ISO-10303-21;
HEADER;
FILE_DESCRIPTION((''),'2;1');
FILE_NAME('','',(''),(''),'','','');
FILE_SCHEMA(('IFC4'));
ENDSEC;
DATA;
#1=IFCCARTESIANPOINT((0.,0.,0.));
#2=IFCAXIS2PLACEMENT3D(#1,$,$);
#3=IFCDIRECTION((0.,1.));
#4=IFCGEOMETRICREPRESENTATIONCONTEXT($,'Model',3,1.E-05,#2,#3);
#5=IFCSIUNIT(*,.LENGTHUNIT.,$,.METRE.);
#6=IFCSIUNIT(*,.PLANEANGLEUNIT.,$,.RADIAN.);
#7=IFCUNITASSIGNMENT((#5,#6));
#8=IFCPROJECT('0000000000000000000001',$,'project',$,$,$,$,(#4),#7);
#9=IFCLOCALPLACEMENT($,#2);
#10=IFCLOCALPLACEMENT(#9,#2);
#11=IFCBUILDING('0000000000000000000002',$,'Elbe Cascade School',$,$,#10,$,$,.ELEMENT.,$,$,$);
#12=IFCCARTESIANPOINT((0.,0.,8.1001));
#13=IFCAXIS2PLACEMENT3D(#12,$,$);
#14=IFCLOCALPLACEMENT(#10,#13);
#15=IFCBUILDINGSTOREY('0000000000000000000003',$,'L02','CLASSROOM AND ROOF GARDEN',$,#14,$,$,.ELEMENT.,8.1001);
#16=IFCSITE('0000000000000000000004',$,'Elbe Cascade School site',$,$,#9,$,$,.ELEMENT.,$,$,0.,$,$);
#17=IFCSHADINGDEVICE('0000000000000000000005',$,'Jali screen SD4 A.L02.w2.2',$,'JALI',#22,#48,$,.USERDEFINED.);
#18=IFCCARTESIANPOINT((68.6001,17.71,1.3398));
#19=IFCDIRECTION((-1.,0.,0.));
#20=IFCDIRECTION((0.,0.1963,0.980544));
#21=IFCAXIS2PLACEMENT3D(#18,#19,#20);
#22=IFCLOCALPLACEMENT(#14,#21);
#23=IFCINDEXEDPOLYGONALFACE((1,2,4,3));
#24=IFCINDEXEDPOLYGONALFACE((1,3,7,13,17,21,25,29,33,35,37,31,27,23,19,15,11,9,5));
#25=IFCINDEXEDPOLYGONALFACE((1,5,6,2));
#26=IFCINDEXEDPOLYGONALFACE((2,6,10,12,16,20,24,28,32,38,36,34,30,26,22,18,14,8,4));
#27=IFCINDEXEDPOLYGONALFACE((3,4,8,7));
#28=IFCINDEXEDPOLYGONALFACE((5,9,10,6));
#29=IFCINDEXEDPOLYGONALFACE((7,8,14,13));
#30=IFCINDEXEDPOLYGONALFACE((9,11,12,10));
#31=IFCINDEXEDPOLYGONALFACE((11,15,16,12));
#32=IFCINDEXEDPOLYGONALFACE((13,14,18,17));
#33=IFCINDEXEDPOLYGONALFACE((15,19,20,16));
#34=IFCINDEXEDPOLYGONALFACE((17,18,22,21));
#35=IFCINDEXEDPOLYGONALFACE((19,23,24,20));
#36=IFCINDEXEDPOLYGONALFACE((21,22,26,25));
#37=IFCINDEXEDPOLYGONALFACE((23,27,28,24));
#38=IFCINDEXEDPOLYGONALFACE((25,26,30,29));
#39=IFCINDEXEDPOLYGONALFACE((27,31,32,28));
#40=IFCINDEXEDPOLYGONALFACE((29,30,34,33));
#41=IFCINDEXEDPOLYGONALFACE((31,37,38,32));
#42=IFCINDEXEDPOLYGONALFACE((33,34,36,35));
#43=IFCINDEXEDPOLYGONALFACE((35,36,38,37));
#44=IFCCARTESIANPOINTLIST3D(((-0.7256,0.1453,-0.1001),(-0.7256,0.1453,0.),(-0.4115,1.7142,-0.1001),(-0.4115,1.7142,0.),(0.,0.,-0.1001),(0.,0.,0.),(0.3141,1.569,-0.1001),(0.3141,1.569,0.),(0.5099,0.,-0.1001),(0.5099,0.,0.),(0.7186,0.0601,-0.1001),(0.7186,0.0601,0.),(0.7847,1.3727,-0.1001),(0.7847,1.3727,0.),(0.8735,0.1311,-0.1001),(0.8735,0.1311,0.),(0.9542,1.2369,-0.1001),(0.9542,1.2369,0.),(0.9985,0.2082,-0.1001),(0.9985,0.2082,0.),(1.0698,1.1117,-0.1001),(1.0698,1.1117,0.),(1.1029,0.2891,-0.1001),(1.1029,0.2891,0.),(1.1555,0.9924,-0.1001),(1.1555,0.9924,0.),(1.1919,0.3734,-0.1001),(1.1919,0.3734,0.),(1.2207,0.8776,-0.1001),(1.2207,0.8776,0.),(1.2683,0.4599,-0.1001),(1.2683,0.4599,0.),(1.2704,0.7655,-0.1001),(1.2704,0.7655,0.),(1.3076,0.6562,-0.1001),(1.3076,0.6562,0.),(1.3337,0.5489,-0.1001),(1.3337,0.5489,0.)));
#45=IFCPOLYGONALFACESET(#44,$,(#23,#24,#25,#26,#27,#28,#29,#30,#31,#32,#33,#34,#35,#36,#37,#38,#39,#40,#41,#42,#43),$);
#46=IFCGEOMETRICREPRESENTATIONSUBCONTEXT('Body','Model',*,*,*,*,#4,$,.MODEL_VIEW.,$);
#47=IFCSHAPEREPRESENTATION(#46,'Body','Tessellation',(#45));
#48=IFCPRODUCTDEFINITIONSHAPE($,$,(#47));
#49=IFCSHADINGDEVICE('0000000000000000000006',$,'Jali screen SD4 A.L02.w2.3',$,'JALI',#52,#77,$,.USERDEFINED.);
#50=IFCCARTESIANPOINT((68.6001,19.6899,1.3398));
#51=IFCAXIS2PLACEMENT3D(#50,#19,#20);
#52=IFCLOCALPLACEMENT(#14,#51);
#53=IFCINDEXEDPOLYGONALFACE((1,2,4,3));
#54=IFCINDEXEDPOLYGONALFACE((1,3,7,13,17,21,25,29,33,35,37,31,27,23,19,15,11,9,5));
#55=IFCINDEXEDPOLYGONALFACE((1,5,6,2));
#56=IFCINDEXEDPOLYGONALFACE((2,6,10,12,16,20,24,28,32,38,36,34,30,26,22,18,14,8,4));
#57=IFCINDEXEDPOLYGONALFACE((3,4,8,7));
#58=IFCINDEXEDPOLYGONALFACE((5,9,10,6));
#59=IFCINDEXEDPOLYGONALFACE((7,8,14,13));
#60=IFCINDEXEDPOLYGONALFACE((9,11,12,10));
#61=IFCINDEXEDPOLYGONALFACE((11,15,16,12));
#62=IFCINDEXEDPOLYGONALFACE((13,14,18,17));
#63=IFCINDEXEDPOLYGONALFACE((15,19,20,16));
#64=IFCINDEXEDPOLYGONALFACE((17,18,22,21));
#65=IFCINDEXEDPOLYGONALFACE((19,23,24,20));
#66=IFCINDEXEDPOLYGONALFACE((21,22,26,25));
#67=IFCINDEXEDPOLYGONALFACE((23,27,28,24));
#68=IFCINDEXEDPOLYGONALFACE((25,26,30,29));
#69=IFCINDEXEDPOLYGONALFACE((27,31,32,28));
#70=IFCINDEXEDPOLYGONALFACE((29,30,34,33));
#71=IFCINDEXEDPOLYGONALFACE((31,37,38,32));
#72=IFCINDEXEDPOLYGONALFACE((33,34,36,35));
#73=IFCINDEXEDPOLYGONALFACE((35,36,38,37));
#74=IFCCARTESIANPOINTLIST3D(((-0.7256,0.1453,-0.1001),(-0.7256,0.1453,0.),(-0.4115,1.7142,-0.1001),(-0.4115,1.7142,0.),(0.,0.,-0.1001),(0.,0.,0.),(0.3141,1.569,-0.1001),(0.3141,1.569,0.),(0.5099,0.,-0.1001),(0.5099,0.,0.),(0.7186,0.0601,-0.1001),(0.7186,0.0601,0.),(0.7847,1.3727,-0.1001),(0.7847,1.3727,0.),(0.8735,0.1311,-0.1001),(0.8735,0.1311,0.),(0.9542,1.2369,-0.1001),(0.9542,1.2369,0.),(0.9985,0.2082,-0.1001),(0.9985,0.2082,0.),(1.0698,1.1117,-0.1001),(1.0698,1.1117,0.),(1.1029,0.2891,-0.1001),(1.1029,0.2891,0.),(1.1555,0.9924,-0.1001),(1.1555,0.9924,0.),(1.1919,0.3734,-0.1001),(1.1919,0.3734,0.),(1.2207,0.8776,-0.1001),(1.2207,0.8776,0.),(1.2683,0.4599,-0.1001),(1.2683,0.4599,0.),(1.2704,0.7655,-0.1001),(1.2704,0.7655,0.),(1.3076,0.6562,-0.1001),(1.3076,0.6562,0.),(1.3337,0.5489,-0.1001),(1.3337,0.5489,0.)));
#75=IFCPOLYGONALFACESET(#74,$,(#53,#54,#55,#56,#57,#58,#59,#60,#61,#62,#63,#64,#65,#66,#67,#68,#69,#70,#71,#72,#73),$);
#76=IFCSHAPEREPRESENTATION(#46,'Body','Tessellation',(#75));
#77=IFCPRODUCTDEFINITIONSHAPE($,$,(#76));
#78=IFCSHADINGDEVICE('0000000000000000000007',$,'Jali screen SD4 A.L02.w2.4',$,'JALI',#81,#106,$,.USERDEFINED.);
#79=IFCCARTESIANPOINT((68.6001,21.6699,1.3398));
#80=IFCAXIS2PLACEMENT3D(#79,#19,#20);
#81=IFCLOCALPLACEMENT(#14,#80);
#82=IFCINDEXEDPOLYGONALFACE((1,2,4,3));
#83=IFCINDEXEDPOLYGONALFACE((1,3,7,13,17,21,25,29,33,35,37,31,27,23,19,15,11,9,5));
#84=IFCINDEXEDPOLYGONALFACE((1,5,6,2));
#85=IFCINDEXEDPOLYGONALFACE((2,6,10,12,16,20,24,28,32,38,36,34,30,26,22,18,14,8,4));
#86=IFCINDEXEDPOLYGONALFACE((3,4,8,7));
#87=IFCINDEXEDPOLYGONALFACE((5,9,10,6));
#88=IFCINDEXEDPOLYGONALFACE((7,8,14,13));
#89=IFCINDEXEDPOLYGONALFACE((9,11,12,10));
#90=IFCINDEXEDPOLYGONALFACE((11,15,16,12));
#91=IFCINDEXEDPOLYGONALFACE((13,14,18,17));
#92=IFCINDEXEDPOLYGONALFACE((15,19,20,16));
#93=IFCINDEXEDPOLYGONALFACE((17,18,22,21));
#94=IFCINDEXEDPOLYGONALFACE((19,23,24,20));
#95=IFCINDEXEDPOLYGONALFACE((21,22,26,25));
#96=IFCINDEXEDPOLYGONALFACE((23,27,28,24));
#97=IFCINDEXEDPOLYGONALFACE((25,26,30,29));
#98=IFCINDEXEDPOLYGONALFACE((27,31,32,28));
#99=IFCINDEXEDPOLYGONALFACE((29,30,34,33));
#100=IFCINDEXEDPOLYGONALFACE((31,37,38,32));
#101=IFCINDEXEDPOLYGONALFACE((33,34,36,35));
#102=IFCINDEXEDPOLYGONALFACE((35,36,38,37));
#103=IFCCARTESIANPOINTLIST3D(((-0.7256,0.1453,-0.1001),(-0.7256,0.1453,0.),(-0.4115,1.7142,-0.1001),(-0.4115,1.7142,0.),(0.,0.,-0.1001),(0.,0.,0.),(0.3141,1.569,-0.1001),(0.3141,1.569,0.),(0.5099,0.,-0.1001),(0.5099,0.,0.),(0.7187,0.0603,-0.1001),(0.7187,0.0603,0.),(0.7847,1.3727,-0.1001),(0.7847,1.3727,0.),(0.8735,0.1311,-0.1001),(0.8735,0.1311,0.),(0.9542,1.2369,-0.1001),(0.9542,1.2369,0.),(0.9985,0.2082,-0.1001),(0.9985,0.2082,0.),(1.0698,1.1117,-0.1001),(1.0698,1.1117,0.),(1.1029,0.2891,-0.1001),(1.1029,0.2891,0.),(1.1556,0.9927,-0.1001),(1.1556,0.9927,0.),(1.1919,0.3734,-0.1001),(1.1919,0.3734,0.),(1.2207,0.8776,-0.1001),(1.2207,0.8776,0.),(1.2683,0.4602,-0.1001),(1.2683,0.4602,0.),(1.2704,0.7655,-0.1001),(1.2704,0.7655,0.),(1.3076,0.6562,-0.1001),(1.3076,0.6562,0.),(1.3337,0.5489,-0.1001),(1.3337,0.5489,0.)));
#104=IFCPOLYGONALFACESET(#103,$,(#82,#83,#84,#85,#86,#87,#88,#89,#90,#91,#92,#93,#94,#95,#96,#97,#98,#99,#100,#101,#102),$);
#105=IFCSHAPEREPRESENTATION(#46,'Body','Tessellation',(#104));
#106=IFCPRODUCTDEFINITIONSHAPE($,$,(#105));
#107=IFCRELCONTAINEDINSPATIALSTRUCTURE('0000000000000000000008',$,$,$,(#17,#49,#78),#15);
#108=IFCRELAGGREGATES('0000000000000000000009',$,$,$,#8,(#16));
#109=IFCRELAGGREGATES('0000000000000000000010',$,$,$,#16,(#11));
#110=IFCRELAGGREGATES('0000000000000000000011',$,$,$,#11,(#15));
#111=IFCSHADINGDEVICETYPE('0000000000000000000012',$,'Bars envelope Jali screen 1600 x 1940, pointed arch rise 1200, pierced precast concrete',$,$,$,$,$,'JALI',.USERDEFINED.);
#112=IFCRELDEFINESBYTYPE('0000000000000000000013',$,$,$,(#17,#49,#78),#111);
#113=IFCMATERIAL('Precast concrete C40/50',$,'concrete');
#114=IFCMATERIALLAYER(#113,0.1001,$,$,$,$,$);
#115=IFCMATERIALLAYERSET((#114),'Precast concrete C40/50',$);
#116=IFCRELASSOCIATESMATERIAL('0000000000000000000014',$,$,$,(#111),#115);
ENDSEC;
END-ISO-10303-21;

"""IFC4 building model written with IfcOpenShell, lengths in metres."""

from ifc_helpers import new_model, si_unit, direction, frame, origin, place, context, subcontext, project, spatial, polyline, outline, extrude, material, layer, layer_set, type_object, element, save


model = new_model("IFC4")

# Units and contexts
model_context = context("Model", 3, precision=1e-05, world=origin(), true_north=direction((0.0, 1.0)))
body_context = subcontext(model_context, "Body", "Model", "MODEL_VIEW")
ifc_project = project(units=[si_unit("LENGTHUNIT", "METRE"), si_unit("PLANEANGLEUNIT", "RADIAN")], contexts=[model_context])

# Site, building, storey
site_placement = place(None, origin())
site = spatial("IfcSite", under=ifc_project, at=site_placement, Name="Elbe Cascade School site", CompositionType="ELEMENT", RefElevation=0.0)
building_placement = place(site_placement, origin())
building = spatial("IfcBuilding", under=site, at=building_placement, Name="Elbe Cascade School", CompositionType="ELEMENT")
storey_placement = place(building_placement, frame((0.0, 0.0, 8.1001)))
storey = spatial("IfcBuildingStorey", under=building, at=storey_placement, Name="L02", Description="CLASSROOM AND ROOF GARDEN", CompositionType="ELEMENT", Elevation=8.1001)

# Shading devices
ifc_material_1 = material(Name="Precast concrete C40/50", Category="concrete")
ifc_layer_1 = layer(ifc_material_1, 0.1001)
ifc_layer_set_1 = layer_set([ifc_layer_1], Name="Precast concrete C40/50")
shading_device_type_1 = type_object("IfcShadingDeviceType", Name="Bars envelope Jali screen 1600 x 1940, pointed arch rise 1200, pierced precast concrete", ElementType="JALI", PredefinedType="USERDEFINED", material=ifc_layer_set_1)
for number, where, z_axis, x_axis, name in (
    (1, (68.6001, 17.71, 1.3398), (-1.0, 0.0, 0.0), (0.0, 0.1963, 0.980544), "Jali screen SD4 A.L02.w2.2"),
    (2, (68.6001, 19.6899, 1.3398), (-1.0, 0.0, 0.0), (0.0, 0.1963, 0.980544), "Jali screen SD4 A.L02.w2.3"),
):
    element("IfcShadingDevice", number, at=place(storey_placement, frame(where, z_axis=z_axis, x_axis=x_axis)), inside=storey, type_object=shading_device_type_1, Name=name, ObjectType="JALI", PredefinedType="USERDEFINED", context=body_context, shape_type="SweptSolid", body=[
        extrude(outline(polyline([(0.0, 0.0), (0.5099, 0.0), (0.7186, 0.0601), (0.8735, 0.1311), (0.9985, 0.2082), (1.1029, 0.2891), (1.1919, 0.3734), (1.2683, 0.4599), (1.3337, 0.5489), (1.3076, 0.6562), (1.2704, 0.7655), (1.2207, 0.8776), (1.1555, 0.9924), (1.0698, 1.1117), (0.9542, 1.2369), (0.7847, 1.3727), (0.3141, 1.569), (-0.4115, 1.7142), (-0.7256, 0.1453), (0.0, 0.0)])), origin(), (0.0, 0.0, -1.0), 0.1001),
    ])
shading_device_1_placement = place(storey_placement, frame((68.6001, 21.6699, 1.3398), z_axis=(-1.0, 0.0, 0.0), x_axis=(0.0, 0.1963, 0.980544)))
element("IfcShadingDevice", 3, at=shading_device_1_placement, inside=storey, type_object=shading_device_type_1, Name="Jali screen SD4 A.L02.w2.4", ObjectType="JALI", PredefinedType="USERDEFINED", context=body_context, shape_type="SweptSolid", body=[
    extrude(outline(polyline([(0.0, 0.0), (0.5099, 0.0), (0.7187, 0.0603), (0.8735, 0.1311), (0.9985, 0.2082), (1.1029, 0.2891), (1.1919, 0.3734), (1.2683, 0.4602), (1.3337, 0.5489), (1.3076, 0.6562), (1.2704, 0.7655), (1.2207, 0.8776), (1.1556, 0.9927), (1.0698, 1.1117), (0.9542, 1.2369), (0.7847, 1.3727), (0.3141, 1.569), (-0.4115, 1.7142), (-0.7256, 0.1453), (0.0, 0.0)])), origin(), (0.0, 0.0, -1.0), 0.1001),
])

save(model, "model.ifc")
